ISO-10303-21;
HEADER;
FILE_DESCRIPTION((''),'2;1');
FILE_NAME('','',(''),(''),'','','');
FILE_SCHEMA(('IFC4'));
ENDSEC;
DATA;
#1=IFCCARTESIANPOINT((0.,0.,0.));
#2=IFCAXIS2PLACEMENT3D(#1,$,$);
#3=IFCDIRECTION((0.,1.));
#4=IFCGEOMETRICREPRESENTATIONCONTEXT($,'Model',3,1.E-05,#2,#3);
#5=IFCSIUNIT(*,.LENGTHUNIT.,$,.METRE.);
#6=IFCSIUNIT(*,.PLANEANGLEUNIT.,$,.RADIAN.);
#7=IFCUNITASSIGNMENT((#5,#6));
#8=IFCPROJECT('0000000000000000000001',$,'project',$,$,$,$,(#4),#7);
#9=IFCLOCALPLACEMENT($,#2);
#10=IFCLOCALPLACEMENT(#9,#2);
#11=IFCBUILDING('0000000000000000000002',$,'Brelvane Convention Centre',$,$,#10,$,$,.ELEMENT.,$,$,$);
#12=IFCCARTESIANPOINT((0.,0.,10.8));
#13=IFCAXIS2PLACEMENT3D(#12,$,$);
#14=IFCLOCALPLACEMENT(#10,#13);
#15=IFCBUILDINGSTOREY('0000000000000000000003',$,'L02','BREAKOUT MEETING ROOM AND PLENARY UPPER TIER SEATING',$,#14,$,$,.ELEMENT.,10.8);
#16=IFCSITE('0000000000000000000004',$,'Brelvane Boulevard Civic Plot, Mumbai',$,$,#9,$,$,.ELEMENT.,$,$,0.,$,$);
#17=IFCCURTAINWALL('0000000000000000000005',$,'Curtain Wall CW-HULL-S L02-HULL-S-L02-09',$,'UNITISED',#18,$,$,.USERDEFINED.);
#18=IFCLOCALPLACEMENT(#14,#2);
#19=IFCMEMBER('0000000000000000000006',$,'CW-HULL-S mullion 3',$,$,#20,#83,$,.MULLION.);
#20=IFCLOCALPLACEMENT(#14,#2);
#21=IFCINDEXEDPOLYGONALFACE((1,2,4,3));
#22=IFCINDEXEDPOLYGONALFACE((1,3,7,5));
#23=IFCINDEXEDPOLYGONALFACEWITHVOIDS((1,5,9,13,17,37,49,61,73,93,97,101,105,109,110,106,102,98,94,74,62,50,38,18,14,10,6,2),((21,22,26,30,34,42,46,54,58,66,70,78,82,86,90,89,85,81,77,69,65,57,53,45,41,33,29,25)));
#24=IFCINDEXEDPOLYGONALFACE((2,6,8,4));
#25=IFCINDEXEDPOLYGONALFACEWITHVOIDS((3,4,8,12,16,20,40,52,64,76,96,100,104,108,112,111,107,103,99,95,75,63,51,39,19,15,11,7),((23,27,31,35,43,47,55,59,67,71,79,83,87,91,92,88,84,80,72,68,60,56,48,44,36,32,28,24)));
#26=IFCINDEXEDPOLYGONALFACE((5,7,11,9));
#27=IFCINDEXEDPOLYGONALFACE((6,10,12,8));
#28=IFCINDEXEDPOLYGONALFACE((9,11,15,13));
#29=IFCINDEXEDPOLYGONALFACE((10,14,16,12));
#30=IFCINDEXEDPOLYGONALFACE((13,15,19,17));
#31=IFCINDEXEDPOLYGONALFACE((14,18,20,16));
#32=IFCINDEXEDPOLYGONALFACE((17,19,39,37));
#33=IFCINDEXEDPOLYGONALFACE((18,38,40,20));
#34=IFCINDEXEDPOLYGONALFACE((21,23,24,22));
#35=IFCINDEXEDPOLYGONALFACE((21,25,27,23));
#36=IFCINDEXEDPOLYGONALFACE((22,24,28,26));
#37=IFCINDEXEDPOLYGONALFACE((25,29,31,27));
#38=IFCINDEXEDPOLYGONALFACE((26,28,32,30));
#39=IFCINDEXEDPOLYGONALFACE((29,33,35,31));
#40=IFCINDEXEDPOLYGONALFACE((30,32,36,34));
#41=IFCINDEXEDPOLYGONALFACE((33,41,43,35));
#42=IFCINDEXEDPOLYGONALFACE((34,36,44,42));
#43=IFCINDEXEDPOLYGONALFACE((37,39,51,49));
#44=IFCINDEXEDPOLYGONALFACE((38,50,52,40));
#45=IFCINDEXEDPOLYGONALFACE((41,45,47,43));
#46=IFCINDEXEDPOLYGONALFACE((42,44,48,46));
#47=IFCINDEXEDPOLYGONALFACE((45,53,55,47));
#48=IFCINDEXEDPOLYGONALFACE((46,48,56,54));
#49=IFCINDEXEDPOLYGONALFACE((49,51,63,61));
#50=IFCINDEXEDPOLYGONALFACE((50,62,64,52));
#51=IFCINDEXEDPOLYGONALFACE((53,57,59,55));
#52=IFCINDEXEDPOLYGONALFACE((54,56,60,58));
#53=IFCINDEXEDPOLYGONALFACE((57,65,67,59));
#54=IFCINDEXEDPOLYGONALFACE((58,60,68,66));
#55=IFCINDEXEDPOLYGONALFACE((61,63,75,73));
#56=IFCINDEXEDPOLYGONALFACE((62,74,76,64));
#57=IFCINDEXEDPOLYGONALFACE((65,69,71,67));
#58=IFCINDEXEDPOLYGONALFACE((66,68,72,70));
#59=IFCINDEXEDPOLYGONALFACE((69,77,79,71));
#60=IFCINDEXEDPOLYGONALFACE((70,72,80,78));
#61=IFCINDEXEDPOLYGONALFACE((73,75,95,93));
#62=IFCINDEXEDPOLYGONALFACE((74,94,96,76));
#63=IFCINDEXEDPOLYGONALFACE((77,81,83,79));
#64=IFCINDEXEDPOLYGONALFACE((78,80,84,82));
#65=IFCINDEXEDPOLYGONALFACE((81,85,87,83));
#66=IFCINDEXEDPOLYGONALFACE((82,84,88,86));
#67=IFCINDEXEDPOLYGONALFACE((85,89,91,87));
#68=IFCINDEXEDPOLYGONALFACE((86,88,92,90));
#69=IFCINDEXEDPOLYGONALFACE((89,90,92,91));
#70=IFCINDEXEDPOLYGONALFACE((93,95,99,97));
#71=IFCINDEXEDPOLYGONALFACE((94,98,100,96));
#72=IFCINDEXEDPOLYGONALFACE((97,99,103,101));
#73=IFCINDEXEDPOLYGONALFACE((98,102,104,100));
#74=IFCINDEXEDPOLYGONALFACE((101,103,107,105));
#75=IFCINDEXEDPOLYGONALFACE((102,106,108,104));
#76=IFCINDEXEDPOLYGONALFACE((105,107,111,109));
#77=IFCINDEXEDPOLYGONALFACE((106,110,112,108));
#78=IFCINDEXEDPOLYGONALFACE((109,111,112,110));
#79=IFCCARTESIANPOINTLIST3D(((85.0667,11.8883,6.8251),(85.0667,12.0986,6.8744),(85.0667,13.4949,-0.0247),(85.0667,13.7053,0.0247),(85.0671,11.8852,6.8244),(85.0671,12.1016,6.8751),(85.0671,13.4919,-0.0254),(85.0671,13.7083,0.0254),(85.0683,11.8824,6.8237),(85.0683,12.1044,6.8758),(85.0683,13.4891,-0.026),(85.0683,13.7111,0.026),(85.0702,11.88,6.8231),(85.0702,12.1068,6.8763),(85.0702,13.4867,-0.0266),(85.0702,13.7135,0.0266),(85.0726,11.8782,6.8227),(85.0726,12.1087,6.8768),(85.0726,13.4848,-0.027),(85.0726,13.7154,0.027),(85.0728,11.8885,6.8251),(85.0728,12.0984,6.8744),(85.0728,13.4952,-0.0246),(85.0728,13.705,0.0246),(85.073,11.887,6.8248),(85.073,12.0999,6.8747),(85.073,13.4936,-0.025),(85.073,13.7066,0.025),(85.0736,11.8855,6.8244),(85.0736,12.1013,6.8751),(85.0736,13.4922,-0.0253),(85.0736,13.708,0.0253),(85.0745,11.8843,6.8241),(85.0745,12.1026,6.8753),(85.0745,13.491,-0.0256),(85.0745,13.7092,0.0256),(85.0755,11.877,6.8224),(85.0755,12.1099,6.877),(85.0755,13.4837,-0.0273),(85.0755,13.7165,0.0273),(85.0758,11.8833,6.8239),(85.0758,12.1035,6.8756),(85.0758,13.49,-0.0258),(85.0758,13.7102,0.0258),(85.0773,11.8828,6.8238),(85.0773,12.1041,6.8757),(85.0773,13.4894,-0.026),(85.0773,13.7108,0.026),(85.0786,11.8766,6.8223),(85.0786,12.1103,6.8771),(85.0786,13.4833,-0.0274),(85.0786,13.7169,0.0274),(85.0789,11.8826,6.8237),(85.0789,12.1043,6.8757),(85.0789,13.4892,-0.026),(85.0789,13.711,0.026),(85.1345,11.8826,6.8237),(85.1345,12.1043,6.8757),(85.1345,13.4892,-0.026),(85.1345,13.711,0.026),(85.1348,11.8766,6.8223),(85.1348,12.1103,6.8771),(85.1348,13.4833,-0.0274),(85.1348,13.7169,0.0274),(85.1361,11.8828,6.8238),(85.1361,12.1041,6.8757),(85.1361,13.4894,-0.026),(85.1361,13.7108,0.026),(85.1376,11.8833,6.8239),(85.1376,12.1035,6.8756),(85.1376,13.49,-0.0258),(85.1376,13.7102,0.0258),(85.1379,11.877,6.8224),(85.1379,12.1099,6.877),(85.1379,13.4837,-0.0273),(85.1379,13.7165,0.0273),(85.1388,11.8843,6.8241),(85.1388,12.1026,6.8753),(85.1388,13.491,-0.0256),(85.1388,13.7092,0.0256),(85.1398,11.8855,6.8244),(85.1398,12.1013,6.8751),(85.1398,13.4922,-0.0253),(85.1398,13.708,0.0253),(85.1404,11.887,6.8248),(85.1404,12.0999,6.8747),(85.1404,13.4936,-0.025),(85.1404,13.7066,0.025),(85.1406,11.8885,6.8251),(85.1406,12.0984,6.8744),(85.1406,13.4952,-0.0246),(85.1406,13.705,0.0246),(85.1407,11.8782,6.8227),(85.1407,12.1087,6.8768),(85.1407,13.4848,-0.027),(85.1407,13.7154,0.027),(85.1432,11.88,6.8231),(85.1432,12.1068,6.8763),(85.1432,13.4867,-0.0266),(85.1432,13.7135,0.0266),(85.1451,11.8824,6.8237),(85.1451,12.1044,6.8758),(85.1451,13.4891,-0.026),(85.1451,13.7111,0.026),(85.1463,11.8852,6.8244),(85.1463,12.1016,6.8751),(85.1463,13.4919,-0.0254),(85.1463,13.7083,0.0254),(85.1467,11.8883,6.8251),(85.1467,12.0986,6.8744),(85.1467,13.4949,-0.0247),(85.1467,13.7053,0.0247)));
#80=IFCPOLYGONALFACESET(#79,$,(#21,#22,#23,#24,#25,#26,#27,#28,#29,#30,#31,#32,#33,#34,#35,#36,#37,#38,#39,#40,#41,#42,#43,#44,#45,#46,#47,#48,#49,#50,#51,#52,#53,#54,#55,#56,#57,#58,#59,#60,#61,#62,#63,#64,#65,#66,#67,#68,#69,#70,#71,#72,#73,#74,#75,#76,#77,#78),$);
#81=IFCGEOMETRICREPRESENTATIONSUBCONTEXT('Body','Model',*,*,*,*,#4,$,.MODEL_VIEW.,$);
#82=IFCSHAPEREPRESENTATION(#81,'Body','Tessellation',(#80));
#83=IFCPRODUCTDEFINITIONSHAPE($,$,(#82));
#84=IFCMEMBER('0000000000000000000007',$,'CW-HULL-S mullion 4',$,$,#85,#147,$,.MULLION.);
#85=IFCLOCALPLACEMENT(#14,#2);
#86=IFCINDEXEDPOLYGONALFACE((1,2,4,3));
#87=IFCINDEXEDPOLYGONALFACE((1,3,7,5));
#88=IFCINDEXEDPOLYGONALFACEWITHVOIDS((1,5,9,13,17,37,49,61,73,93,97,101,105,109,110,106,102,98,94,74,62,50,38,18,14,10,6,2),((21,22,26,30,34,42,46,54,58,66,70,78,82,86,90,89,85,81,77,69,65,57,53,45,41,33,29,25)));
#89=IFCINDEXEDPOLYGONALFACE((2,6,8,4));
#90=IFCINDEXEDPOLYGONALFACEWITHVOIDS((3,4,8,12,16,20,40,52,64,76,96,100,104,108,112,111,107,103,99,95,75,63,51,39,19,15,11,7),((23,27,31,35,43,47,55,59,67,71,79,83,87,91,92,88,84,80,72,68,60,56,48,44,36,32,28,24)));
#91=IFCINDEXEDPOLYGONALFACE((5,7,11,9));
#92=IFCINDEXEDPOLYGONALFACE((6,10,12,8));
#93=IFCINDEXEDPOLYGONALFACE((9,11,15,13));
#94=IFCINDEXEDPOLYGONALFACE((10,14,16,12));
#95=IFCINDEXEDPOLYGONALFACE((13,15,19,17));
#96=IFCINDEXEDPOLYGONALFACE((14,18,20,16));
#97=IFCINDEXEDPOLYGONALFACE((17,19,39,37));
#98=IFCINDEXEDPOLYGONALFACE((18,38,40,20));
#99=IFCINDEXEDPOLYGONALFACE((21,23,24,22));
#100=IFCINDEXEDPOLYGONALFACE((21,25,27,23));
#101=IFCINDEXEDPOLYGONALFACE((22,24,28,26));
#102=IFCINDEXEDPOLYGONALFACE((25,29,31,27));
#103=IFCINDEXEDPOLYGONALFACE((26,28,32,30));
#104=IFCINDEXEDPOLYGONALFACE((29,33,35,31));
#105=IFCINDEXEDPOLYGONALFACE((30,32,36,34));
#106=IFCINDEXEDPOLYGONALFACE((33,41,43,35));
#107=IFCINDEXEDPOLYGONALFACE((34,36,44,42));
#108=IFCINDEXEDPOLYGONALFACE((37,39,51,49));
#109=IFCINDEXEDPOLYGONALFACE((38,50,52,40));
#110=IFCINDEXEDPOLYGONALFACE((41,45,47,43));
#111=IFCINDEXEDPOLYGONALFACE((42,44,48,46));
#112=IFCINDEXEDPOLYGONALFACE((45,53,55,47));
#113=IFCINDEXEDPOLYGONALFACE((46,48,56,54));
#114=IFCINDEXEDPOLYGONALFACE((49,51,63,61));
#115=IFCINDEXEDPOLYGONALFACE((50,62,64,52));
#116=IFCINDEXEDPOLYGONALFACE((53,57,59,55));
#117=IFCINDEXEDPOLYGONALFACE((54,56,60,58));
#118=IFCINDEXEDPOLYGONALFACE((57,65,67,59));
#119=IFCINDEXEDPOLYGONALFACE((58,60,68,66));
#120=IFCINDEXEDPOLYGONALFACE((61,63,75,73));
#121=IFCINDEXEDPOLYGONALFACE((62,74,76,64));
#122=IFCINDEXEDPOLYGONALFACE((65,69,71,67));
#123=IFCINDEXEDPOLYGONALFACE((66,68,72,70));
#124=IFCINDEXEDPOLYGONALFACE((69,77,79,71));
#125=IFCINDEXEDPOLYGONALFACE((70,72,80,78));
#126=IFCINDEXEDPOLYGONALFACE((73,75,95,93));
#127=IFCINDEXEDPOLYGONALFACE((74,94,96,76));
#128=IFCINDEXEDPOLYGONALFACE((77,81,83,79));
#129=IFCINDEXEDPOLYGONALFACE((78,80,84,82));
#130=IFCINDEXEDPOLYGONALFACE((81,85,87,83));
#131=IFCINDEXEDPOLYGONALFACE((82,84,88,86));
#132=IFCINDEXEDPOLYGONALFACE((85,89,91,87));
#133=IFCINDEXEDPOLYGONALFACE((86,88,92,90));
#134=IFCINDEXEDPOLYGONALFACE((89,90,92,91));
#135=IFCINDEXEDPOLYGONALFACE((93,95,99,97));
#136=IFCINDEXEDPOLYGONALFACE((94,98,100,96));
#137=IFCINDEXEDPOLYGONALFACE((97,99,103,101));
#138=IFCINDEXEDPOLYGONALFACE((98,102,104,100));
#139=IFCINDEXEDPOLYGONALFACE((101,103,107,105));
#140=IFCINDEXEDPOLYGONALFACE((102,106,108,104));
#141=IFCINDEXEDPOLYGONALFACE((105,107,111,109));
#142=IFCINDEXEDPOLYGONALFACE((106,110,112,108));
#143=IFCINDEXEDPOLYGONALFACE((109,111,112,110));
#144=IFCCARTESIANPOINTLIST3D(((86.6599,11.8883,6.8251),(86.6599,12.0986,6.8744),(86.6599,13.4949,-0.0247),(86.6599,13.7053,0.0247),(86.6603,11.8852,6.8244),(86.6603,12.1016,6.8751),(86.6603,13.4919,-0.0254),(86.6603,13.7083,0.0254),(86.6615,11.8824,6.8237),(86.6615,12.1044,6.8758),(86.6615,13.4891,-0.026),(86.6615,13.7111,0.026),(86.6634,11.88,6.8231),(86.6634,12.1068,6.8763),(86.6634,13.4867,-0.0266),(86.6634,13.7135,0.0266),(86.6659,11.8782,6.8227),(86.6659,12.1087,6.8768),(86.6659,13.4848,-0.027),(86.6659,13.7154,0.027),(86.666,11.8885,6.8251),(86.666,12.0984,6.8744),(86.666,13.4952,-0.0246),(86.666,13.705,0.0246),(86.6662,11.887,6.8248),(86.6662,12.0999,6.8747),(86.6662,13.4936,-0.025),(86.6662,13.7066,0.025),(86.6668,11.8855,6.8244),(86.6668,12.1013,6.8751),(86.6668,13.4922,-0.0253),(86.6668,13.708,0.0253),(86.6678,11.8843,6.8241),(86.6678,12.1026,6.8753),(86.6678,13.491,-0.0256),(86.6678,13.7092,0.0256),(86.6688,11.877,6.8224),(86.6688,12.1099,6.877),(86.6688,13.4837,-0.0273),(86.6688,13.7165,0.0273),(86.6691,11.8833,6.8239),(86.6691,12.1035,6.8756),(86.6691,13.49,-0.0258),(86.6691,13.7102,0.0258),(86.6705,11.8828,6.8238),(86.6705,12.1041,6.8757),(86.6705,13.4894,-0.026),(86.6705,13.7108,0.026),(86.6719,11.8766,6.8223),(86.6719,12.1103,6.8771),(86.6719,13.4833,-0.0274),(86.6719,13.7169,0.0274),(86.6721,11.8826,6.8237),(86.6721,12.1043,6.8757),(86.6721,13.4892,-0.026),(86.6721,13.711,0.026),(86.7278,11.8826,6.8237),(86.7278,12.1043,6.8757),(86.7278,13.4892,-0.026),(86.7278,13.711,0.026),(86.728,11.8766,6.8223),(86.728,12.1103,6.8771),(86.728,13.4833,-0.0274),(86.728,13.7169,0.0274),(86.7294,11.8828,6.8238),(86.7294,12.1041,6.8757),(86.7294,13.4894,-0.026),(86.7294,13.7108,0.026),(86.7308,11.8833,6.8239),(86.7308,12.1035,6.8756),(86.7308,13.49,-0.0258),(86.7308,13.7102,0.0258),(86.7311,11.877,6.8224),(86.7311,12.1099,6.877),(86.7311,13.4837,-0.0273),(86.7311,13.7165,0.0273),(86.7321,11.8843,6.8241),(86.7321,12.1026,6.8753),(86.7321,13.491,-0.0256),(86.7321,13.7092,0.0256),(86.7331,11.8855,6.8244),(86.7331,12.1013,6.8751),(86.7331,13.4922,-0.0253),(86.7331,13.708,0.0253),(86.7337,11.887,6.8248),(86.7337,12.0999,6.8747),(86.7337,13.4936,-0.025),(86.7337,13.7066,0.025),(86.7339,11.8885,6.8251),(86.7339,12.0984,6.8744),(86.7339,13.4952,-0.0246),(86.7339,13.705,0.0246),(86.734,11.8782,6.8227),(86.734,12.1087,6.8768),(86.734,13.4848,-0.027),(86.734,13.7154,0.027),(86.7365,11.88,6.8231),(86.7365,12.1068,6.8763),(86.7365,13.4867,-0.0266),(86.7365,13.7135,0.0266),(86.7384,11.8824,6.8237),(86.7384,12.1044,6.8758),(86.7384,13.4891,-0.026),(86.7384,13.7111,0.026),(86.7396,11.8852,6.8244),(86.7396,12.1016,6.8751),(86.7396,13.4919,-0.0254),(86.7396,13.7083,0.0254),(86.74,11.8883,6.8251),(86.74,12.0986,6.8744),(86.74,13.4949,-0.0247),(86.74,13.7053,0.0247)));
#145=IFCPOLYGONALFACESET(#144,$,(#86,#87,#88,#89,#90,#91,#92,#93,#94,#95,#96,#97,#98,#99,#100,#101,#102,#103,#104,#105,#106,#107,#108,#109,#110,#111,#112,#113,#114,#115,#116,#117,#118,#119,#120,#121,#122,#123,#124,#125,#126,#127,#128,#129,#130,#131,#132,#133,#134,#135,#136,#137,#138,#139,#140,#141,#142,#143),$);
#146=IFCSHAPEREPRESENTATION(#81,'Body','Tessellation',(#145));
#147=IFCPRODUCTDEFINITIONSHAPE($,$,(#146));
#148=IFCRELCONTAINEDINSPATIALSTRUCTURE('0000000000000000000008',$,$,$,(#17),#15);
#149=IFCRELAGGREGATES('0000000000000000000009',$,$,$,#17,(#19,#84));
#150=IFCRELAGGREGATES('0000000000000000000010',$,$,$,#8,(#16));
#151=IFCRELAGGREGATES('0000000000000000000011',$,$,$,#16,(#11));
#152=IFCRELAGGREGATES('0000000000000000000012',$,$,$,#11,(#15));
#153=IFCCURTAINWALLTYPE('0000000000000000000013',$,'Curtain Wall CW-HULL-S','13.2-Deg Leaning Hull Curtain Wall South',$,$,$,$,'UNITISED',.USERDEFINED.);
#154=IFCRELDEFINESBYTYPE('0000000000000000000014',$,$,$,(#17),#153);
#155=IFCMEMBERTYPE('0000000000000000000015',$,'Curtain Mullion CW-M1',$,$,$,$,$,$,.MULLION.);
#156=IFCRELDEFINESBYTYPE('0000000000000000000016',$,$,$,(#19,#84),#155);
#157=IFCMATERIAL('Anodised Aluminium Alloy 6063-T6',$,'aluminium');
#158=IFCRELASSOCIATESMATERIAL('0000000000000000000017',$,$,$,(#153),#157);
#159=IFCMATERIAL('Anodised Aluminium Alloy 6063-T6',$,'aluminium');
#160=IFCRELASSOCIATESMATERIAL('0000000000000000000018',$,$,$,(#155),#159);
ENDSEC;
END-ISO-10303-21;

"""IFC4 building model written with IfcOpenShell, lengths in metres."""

from ifc_helpers import new_model, si_unit, direction, frame, origin, origin_2d, place, context, subcontext, project, spatial, hollow_rectangle, extrude, material, material_profile, profile_set, type_object, element, aggregate, save


model = new_model("IFC4")

# Units and contexts
model_context = context("Model", 3, precision=1e-05, world=origin(), true_north=direction((0.0, 1.0)))
body_context = subcontext(model_context, "Body", "Model", "MODEL_VIEW")
ifc_project = project(units=[si_unit("LENGTHUNIT", "METRE"), si_unit("PLANEANGLEUNIT", "RADIAN")], contexts=[model_context])

# Site, building, storey
site_placement = place(None, origin())
site = spatial("IfcSite", under=ifc_project, at=site_placement, Name="Brelvane Boulevard Civic Plot, Mumbai", CompositionType="ELEMENT", RefElevation=0.0)
building_placement = place(site_placement, origin())
building = spatial("IfcBuilding", under=site, at=building_placement, Name="Brelvane Convention Centre", CompositionType="ELEMENT")
storey_placement = place(building_placement, frame((0.0, 0.0, 10.8)))
storey = spatial("IfcBuildingStorey", under=building, at=storey_placement, Name="L02", Description="BREAKOUT MEETING ROOM AND PLENARY UPPER TIER SEATING", CompositionType="ELEMENT", Elevation=10.8)

# Curtain wall, members
ifc_material_1 = material(Name="Anodised Aluminium Alloy 6063-T6", Category="aluminium")
curtain_wall_type = type_object("IfcCurtainWallType", Name="Curtain Wall CW-HULL-S", Description="13.2-Deg Leaning Hull Curtain Wall South", ElementType="UNITISED", PredefinedType="USERDEFINED", material=ifc_material_1)
curtain_wall_1_placement = place(storey_placement, origin())
curtain_wall_1 = element("IfcCurtainWall", 1, at=curtain_wall_1_placement, inside=storey, type_object=curtain_wall_type, Name="Curtain Wall CW-HULL-S L02-HULL-S-L02-09", ObjectType="UNITISED", PredefinedType="USERDEFINED")
ifc_material_2 = material(Name="Anodised Aluminium Alloy 6063-T6", Category="aluminium")
ifc_material_profile_1 = material_profile(ifc_material_2, hollow_rectangle(XDim=0.0801, YDim=0.24, WallThickness=0.0061, InnerFilletRadius=0.0061, OuterFilletRadius=0.012, at=origin_2d()), Name="ALU-M 240x80x6.0")
ifc_profile_set_1 = profile_set([ifc_material_profile_1], Name="Anodised Aluminium Alloy 6063-T6")
member_type_1 = type_object("IfcMemberType", Name="Curtain Mullion CW-M1", PredefinedType="MULLION", material=ifc_profile_set_1)
member_1_placement = place(storey_placement, frame((85.1067, 13.6001, 0.0), z_axis=(0.0, -0.22836, 0.973577), x_axis=(1.0, 0.0, 0.0)))
member_1 = element("IfcMember", 2, at=member_1_placement, type_object=member_type_1, Name="CW-HULL-S mullion 3", PredefinedType="MULLION", context=body_context, shape_type="SweptSolid", body=[
    extrude(hollow_rectangle(XDim=0.0801, YDim=0.24, WallThickness=0.0061, InnerFilletRadius=0.0061, OuterFilletRadius=0.012, at=origin_2d()), origin(), (0.0, 0.0, 1.0), 7.0356),
])
member_2_placement = place(storey_placement, frame((86.7, 13.6001, 0.0), z_axis=(0.0, -0.22836, 0.973577), x_axis=(1.0, 0.0, 0.0)))
member_2 = element("IfcMember", 3, at=member_2_placement, type_object=member_type_1, Name="CW-HULL-S mullion 4", PredefinedType="MULLION", context=body_context, shape_type="SweptSolid", body=[
    extrude(hollow_rectangle(XDim=0.0801, YDim=0.24, WallThickness=0.0061, InnerFilletRadius=0.0061, OuterFilletRadius=0.012, at=origin_2d()), origin(), (0.0, 0.0, 1.0), 7.0356),
])

aggregate(curtain_wall_1, [member_1, member_2])

save(model, "model.ifc")
